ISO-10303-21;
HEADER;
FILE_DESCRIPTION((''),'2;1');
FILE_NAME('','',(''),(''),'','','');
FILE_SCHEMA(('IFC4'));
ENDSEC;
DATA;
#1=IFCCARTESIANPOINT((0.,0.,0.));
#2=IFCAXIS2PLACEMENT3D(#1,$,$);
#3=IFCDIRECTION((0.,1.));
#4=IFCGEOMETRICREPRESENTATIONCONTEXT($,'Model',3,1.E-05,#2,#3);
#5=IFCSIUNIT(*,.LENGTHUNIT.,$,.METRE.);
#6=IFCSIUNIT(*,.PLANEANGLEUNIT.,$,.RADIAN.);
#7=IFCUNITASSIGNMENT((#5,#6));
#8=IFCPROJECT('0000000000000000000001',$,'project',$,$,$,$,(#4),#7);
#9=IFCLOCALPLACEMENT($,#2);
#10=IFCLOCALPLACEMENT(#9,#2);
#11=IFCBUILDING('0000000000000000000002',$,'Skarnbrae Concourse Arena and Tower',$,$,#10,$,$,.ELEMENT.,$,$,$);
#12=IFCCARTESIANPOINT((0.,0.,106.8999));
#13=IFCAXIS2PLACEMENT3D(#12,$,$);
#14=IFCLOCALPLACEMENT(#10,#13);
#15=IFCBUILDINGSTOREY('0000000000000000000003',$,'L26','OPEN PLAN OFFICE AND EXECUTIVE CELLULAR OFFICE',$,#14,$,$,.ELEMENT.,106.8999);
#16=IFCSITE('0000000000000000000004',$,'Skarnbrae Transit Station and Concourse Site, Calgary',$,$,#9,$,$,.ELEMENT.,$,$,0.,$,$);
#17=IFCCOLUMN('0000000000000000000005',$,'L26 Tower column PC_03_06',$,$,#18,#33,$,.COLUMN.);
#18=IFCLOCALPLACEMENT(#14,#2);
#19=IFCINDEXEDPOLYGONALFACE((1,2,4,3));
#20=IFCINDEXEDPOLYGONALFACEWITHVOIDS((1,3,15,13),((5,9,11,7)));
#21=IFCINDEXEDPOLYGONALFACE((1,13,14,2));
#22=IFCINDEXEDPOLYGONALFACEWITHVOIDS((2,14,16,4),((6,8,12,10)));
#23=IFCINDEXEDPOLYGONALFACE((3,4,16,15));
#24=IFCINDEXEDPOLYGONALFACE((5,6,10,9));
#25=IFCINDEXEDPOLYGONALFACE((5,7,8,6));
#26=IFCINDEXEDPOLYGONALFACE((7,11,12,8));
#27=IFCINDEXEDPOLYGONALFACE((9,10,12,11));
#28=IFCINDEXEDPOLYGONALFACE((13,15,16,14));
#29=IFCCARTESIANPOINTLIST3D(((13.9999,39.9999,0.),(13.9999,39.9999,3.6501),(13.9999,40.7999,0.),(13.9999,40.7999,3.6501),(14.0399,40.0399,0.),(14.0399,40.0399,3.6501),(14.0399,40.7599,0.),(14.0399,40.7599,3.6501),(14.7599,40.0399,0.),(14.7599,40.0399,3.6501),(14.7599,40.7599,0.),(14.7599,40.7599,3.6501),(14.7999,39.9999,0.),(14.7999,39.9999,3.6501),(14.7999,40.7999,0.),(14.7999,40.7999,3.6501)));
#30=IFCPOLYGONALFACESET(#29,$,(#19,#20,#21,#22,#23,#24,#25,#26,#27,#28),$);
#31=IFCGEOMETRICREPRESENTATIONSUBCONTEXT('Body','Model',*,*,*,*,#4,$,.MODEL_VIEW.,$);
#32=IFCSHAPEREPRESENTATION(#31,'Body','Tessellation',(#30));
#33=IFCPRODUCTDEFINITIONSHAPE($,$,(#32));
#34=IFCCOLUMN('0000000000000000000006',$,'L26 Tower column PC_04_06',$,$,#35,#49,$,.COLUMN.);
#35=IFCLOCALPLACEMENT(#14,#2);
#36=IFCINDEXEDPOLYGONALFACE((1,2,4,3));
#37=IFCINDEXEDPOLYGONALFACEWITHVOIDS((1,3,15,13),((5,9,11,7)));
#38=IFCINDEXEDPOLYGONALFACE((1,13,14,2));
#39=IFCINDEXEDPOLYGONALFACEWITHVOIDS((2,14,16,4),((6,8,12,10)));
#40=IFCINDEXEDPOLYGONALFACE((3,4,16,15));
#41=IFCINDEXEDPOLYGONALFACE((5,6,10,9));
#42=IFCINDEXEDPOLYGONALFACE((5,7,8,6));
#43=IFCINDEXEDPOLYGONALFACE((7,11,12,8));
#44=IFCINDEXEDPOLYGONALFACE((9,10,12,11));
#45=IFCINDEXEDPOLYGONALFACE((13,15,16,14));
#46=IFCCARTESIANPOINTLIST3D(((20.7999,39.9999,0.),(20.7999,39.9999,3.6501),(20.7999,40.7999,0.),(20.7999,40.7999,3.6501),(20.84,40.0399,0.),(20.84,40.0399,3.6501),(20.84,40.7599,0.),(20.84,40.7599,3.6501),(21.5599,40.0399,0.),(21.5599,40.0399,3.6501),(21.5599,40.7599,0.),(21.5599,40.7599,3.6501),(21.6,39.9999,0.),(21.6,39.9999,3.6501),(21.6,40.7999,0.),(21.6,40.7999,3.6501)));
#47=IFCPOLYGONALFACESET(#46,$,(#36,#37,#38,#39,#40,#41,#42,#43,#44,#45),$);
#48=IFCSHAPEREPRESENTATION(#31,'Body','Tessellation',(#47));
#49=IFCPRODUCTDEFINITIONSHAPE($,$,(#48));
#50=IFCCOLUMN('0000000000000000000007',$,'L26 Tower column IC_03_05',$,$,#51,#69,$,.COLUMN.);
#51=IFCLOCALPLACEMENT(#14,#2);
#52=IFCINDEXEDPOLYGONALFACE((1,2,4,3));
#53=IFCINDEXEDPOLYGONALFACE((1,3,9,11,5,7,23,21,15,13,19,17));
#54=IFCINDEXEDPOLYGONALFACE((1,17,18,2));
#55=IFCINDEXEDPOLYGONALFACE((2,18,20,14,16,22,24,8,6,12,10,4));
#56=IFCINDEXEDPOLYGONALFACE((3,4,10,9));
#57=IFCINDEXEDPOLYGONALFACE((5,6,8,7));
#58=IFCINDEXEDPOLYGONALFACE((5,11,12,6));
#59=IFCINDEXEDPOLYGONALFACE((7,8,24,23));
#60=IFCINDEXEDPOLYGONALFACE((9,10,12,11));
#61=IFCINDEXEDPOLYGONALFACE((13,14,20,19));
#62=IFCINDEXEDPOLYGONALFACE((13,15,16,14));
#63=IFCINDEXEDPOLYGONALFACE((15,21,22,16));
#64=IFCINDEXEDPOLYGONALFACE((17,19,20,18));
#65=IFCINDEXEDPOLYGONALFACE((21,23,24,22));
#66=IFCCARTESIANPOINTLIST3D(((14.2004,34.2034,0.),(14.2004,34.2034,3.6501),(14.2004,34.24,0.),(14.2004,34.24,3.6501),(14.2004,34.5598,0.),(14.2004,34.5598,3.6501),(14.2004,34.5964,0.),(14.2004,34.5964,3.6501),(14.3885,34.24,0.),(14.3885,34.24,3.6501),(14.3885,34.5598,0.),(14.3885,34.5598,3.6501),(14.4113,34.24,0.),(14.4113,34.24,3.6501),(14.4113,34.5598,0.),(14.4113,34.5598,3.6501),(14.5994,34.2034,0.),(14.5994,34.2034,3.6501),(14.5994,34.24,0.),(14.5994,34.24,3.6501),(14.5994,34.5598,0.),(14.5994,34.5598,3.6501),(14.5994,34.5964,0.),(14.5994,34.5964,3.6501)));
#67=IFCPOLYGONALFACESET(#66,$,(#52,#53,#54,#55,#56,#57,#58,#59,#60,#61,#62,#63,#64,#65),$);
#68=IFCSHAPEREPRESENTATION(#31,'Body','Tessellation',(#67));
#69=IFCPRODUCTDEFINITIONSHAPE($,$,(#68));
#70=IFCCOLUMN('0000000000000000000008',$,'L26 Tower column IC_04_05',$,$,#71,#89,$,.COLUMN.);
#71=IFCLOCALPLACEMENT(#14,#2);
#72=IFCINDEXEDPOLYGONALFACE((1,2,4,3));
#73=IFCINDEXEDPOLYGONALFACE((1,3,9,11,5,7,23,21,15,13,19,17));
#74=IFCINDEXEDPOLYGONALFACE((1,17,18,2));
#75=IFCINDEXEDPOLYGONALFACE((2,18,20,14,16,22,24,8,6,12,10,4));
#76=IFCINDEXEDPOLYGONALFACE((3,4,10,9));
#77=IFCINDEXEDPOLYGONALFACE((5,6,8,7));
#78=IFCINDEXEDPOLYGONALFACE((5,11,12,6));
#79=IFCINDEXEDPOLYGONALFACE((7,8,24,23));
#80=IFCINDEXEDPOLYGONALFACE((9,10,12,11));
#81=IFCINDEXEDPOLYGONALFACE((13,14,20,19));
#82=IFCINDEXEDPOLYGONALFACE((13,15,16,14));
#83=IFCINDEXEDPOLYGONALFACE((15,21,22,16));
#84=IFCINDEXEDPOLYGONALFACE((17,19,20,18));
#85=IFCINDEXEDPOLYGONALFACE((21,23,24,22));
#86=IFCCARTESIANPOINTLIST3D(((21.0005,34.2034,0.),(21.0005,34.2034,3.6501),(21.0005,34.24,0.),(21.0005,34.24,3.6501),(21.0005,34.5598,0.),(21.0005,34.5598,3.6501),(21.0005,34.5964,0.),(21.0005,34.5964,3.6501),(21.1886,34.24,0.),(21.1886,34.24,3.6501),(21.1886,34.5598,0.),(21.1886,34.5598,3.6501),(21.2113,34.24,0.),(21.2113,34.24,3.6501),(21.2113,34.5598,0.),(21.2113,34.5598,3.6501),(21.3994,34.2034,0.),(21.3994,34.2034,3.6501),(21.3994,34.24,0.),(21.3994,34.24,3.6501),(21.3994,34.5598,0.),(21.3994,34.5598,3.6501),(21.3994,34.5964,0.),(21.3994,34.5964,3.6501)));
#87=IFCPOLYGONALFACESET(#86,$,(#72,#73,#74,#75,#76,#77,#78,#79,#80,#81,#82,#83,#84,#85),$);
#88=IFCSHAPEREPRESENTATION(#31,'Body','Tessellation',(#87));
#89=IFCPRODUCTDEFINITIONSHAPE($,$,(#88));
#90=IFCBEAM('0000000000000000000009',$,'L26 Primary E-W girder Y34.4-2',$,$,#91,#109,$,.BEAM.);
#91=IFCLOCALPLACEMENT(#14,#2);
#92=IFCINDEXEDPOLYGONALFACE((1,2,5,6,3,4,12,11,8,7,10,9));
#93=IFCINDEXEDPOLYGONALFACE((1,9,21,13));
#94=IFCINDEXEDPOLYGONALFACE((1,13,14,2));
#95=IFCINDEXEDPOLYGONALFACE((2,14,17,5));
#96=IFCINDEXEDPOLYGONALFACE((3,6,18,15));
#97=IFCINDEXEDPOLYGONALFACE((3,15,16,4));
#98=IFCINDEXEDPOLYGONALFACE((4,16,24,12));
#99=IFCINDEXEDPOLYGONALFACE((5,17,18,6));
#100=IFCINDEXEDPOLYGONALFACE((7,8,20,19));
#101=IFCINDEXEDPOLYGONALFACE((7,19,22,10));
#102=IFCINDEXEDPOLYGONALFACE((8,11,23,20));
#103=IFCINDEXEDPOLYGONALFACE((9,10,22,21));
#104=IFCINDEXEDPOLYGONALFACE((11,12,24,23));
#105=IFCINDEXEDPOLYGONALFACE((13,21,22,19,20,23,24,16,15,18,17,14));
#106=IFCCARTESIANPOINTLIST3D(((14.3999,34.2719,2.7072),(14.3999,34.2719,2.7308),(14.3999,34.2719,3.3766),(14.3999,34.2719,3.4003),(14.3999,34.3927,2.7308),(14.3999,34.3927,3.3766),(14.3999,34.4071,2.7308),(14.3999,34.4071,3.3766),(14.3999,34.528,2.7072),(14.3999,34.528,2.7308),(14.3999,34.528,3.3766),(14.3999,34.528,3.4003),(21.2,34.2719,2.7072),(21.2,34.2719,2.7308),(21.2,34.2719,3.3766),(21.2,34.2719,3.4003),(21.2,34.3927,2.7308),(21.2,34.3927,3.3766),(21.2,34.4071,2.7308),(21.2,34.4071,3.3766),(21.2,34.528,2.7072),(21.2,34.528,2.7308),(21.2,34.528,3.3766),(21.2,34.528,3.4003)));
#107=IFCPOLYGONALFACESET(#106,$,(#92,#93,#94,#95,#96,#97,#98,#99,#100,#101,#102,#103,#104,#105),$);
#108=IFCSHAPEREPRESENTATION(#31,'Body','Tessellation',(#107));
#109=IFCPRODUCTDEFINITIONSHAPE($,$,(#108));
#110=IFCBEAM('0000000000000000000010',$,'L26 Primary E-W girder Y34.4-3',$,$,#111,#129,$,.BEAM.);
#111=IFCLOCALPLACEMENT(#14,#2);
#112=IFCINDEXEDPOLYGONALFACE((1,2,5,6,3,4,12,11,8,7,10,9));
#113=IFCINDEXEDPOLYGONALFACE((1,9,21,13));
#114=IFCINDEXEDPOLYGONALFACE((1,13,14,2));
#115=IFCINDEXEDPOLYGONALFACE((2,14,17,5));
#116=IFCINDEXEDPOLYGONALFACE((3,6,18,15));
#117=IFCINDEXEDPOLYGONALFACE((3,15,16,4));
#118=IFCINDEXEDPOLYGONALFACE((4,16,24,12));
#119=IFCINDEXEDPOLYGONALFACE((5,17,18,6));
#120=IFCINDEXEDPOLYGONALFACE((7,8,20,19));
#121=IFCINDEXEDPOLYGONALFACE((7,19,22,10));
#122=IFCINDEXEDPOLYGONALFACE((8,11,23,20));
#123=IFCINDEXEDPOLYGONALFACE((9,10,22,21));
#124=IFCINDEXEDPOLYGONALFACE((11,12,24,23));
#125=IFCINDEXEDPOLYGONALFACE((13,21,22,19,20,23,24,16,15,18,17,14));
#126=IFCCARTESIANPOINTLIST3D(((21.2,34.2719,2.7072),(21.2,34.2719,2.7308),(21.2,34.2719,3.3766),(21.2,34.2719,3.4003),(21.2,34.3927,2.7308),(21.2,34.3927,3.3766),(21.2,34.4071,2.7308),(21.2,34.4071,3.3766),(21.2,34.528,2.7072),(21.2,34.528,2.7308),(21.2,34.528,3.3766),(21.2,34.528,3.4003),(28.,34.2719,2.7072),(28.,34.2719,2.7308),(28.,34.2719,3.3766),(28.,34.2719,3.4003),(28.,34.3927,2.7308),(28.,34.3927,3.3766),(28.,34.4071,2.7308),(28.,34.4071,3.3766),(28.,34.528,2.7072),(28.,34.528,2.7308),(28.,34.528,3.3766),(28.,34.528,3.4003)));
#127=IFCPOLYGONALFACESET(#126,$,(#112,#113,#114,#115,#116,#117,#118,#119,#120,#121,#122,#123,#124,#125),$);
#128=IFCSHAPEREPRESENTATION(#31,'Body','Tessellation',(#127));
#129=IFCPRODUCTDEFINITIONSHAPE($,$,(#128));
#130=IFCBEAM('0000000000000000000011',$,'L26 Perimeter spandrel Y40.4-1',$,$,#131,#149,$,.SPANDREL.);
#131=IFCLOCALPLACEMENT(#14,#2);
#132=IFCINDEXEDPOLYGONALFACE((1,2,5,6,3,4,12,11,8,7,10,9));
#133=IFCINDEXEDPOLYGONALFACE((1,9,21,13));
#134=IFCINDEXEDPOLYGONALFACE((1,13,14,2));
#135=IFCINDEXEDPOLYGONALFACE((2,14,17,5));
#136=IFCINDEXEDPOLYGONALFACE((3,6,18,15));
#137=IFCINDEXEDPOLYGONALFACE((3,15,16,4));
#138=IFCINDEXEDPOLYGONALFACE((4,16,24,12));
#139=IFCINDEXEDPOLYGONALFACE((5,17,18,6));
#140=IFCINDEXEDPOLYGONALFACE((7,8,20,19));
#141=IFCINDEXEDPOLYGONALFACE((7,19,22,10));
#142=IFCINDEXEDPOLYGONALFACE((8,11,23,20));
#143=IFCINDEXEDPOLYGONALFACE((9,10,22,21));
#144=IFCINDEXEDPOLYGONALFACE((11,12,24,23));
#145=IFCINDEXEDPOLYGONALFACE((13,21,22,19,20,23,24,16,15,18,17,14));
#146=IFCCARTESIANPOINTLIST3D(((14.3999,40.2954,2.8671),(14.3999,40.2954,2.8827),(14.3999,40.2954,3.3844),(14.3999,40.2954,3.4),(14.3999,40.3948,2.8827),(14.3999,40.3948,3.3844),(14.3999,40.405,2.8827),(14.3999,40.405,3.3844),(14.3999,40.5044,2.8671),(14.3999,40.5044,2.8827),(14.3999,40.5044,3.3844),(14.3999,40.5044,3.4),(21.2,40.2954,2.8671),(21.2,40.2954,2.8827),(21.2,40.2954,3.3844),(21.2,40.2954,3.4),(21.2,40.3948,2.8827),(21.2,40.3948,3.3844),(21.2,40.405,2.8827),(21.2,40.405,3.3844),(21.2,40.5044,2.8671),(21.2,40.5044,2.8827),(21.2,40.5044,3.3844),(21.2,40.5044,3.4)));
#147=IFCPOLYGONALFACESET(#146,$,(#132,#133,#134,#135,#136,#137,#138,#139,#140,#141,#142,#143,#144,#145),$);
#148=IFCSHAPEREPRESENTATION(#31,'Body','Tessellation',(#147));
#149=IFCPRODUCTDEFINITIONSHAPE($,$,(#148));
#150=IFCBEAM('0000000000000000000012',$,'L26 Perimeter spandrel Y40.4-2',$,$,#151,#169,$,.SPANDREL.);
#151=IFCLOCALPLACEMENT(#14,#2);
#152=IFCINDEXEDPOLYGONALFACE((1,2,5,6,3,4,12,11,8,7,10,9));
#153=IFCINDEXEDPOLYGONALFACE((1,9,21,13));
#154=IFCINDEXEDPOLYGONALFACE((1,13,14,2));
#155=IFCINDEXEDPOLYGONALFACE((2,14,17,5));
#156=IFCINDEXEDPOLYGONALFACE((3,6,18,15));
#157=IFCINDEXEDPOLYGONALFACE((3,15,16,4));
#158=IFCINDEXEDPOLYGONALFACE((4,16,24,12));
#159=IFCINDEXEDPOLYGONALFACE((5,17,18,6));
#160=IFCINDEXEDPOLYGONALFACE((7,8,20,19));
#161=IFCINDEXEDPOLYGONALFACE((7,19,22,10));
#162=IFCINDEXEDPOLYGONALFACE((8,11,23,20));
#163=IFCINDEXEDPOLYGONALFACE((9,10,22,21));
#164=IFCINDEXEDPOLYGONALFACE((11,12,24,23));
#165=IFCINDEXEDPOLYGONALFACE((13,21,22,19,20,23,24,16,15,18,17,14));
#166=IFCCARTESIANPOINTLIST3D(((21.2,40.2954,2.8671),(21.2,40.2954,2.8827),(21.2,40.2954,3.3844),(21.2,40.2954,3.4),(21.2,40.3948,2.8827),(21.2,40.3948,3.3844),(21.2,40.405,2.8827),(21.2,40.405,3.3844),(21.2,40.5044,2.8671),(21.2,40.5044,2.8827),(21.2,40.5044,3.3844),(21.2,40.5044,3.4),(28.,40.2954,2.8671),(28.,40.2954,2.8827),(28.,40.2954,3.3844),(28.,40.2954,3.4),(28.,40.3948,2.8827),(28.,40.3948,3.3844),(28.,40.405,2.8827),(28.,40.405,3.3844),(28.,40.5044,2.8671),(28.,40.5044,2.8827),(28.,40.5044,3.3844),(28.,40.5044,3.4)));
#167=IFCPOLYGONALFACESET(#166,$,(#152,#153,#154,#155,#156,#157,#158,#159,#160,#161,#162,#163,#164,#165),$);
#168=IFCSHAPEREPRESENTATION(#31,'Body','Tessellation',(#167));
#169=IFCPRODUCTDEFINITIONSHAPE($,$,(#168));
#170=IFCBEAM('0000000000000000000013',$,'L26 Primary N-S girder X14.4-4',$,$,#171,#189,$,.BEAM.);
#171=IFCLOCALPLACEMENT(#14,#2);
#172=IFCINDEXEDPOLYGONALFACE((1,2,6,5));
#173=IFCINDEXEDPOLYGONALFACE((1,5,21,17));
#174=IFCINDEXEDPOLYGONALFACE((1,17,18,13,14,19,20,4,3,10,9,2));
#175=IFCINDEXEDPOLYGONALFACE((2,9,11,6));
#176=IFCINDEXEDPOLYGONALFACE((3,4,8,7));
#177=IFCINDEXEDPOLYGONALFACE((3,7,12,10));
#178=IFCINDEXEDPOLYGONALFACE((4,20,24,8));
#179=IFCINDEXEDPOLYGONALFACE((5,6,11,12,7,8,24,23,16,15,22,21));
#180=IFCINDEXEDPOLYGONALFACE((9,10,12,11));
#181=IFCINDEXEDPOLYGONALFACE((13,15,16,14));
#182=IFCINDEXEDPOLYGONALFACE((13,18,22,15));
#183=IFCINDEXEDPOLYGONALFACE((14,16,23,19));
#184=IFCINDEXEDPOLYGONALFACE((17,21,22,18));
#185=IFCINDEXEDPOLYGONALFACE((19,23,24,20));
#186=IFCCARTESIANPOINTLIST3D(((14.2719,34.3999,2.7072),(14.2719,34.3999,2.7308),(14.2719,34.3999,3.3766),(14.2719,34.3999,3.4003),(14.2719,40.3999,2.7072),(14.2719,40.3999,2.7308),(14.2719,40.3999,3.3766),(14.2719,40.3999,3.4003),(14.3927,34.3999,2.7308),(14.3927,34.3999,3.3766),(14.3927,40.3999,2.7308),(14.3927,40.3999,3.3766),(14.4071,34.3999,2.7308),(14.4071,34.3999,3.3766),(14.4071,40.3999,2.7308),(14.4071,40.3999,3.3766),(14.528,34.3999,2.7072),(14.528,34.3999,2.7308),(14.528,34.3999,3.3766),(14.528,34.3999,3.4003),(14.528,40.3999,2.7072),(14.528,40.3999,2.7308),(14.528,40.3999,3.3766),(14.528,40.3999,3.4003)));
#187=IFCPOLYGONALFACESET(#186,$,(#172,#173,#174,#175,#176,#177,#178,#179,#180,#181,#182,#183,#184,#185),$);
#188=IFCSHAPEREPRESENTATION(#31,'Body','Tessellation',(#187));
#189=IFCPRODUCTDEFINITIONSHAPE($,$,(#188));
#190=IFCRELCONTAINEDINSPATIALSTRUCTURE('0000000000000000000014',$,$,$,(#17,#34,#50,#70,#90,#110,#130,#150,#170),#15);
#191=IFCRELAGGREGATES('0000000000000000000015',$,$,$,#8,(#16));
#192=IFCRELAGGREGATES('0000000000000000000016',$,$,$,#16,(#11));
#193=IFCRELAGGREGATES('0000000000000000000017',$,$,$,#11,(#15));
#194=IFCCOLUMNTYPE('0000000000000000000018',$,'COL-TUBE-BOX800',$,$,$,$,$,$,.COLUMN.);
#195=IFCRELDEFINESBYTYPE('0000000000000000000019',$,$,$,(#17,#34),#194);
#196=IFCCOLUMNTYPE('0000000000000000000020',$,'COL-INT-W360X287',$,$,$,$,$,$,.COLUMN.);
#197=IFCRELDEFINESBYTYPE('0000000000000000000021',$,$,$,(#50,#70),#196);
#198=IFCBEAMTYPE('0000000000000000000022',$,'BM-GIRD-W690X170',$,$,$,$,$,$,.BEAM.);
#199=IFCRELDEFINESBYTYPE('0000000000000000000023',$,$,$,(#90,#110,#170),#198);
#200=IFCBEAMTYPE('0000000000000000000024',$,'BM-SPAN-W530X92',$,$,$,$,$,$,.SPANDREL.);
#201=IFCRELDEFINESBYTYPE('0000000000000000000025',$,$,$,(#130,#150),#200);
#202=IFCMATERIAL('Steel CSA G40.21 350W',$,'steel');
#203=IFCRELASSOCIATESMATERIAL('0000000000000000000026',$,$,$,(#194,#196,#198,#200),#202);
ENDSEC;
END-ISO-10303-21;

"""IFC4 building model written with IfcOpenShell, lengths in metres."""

from ifc_helpers import new_model, si_unit, direction, frame, origin, origin_2d, place, context, subcontext, project, spatial, hollow_rectangle, i_section, extrude, source, transform, mapped, material, material_profile, profile_set, type_object, element, save


model = new_model("IFC4")

# Units and contexts
model_context = context("Model", 3, precision=1e-05, world=origin(), true_north=direction((0.0, 1.0)))
body_context = subcontext(model_context, "Body", "Model", "MODEL_VIEW")
ifc_project = project(units=[si_unit("LENGTHUNIT", "METRE"), si_unit("PLANEANGLEUNIT", "RADIAN")], contexts=[model_context])

# Site, building, storey
site_placement = place(None, origin())
site = spatial("IfcSite", under=ifc_project, at=site_placement, Name="Skarnbrae Transit Station and Concourse Site, Calgary", CompositionType="ELEMENT", RefElevation=0.0)
building_placement = place(site_placement, origin())
building = spatial("IfcBuilding", under=site, at=building_placement, Name="Skarnbrae Concourse Arena and Tower", CompositionType="ELEMENT")
storey_placement = place(building_placement, frame((0.0, 0.0, 106.8999)))
storey = spatial("IfcBuildingStorey", under=building, at=storey_placement, Name="L26", Description="OPEN PLAN OFFICE AND EXECUTIVE CELLULAR OFFICE", CompositionType="ELEMENT", Elevation=106.8999)

# Columns
ifc_material_1 = material(Name="Steel CSA G40.21 350W", Category="steel")
ifc_material_profile_1 = material_profile(ifc_material_1, hollow_rectangle(XDim=0.8, YDim=0.8, WallThickness=0.04, at=origin_2d()), Name="BOX800X800X40")
ifc_profile_set_1 = profile_set([ifc_material_profile_1], Name="Steel CSA G40.21 350W")
column_type_1 = type_object("IfcColumnType", Name="COL-TUBE-BOX800", PredefinedType="COLUMN", material=ifc_profile_set_1)
shared_shape_1 = source(origin(), body_context, "Body", "SweptSolid", [
    extrude(hollow_rectangle(XDim=0.8, YDim=0.8, WallThickness=0.04, at=origin_2d()), origin(), (0.0, 0.0, 1.0), 3.6501),
])
for number, where, z_axis, x_axis, name in (
    (1, (14.3999, 40.3999, 0.0), (0.0, 0.0, 1.0), (1.0, 0.0, 0.0), "L26 Tower column PC_03_06"),
    (2, (21.2, 40.3999, 0.0), (0.0, 0.0, 1.0), (1.0, 0.0, 0.0), "L26 Tower column PC_04_06"),
):
    element("IfcColumn", number, at=place(storey_placement, frame(where, z_axis=z_axis, x_axis=x_axis)), inside=storey, type_object=column_type_1, Name=name, PredefinedType="COLUMN", context=body_context, shape_type="MappedRepresentation", body=[
        mapped(shared_shape_1, transform((0.0, 0.0, 0.0))),
    ])
ifc_material_profile_2 = material_profile(ifc_material_1, i_section(OverallWidth=0.3989, OverallDepth=0.3931, WebThickness=0.0227, FlangeThickness=0.0366, at=origin_2d()), Name="W360X287")
ifc_profile_set_2 = profile_set([ifc_material_profile_2], Name="Steel CSA G40.21 350W")
column_type_2 = type_object("IfcColumnType", Name="COL-INT-W360X287", PredefinedType="COLUMN", material=ifc_profile_set_2)
shared_shape_2 = source(origin(), body_context, "Body", "SweptSolid", [
    extrude(i_section(OverallWidth=0.3989, OverallDepth=0.3931, WebThickness=0.0227, FlangeThickness=0.0366, at=origin_2d()), origin(), (0.0, 0.0, 1.0), 3.6501),
])
for number, where, z_axis, x_axis, name in (
    (3, (14.3999, 34.3999, 0.0), (0.0, 0.0, 1.0), (1.0, 0.0, 0.0), "L26 Tower column IC_03_05"),
    (4, (21.2, 34.3999, 0.0), (0.0, 0.0, 1.0), (1.0, 0.0, 0.0), "L26 Tower column IC_04_05"),
):
    element("IfcColumn", number, at=place(storey_placement, frame(where, z_axis=z_axis, x_axis=x_axis)), inside=storey, type_object=column_type_2, Name=name, PredefinedType="COLUMN", context=body_context, shape_type="MappedRepresentation", body=[
        mapped(shared_shape_2, transform((0.0, 0.0, 0.0))),
    ])

# Beams
ifc_material_profile_3 = material_profile(ifc_material_1, i_section(OverallWidth=0.2561, OverallDepth=0.6931, WebThickness=0.0144, FlangeThickness=0.0237, at=origin_2d()), Name="W690X170")
ifc_profile_set_3 = profile_set([ifc_material_profile_3], Name="Steel CSA G40.21 350W")
beam_type_1 = type_object("IfcBeamType", Name="BM-GIRD-W690X170", PredefinedType="BEAM", material=ifc_profile_set_3)
shared_shape_3 = source(origin(), body_context, "Body", "SweptSolid", [
    extrude(i_section(OverallWidth=0.2561, OverallDepth=0.6931, WebThickness=0.0144, FlangeThickness=0.0237, at=origin_2d()), origin(), (0.0, 0.0, 1.0), 6.8),
])
for number, where, z_axis, x_axis, name in (
    (5, (14.3999, 34.3999, 3.0537), (1.0, 0.0, 0.0), (0.0, 1.0, 0.0), "L26 Primary E-W girder Y34.4-2"),
    (6, (21.2, 34.3999, 3.0537), (1.0, 0.0, 0.0), (0.0, 1.0, 0.0), "L26 Primary E-W girder Y34.4-3"),
):
    element("IfcBeam", number, at=place(storey_placement, frame(where, z_axis=z_axis, x_axis=x_axis)), inside=storey, type_object=beam_type_1, Name=name, PredefinedType="BEAM", context=body_context, shape_type="MappedRepresentation", body=[
        mapped(shared_shape_3, transform((0.0, 0.0, 0.0))),
    ])
ifc_material_profile_4 = material_profile(ifc_material_1, i_section(OverallWidth=0.209, OverallDepth=0.533, WebThickness=0.0103, FlangeThickness=0.0156, at=origin_2d()), Name="W530X92")
ifc_profile_set_4 = profile_set([ifc_material_profile_4], Name="Steel CSA G40.21 350W")
beam_type_2 = type_object("IfcBeamType", Name="BM-SPAN-W530X92", PredefinedType="SPANDREL", material=ifc_profile_set_4)
shared_shape_4 = source(origin(), body_context, "Body", "SweptSolid", [
    extrude(i_section(OverallWidth=0.209, OverallDepth=0.533, WebThickness=0.0103, FlangeThickness=0.0156, at=origin_2d()), origin(), (0.0, 0.0, 1.0), 6.8),
])
for number, where, z_axis, x_axis, name in (
    (7, (14.3999, 40.3999, 3.1335), (1.0, 0.0, 0.0), (0.0, 1.0, 0.0), "L26 Perimeter spandrel Y40.4-1"),
    (8, (21.2, 40.3999, 3.1335), (1.0, 0.0, 0.0), (0.0, 1.0, 0.0), "L26 Perimeter spandrel Y40.4-2"),
):
    element("IfcBeam", number, at=place(storey_placement, frame(where, z_axis=z_axis, x_axis=x_axis)), inside=storey, type_object=beam_type_2, Name=name, PredefinedType="SPANDREL", context=body_context, shape_type="MappedRepresentation", body=[
        mapped(shared_shape_4, transform((0.0, 0.0, 0.0))),
    ])
shared_shape_5 = source(origin(), body_context, "Body", "SweptSolid", [
    extrude(i_section(OverallWidth=0.2561, OverallDepth=0.6931, WebThickness=0.0144, FlangeThickness=0.0237, at=origin_2d()), origin(), (0.0, 0.0, 1.0), 6.0),
])
for number, where, z_axis, x_axis, name in (
    (9, (14.3999, 34.3999, 3.0537), (0.0, 1.0, 0.0), (-1.0, 0.0, 0.0), "L26 Primary N-S girder X14.4-4"),
):
    element("IfcBeam", number, at=place(storey_placement, frame(where, z_axis=z_axis, x_axis=x_axis)), inside=storey, type_object=beam_type_1, Name=name, PredefinedType="BEAM", context=body_context, shape_type="MappedRepresentation", body=[
        mapped(shared_shape_5, transform((0.0, 0.0, 0.0))),
    ])

save(model, "model.ifc")
